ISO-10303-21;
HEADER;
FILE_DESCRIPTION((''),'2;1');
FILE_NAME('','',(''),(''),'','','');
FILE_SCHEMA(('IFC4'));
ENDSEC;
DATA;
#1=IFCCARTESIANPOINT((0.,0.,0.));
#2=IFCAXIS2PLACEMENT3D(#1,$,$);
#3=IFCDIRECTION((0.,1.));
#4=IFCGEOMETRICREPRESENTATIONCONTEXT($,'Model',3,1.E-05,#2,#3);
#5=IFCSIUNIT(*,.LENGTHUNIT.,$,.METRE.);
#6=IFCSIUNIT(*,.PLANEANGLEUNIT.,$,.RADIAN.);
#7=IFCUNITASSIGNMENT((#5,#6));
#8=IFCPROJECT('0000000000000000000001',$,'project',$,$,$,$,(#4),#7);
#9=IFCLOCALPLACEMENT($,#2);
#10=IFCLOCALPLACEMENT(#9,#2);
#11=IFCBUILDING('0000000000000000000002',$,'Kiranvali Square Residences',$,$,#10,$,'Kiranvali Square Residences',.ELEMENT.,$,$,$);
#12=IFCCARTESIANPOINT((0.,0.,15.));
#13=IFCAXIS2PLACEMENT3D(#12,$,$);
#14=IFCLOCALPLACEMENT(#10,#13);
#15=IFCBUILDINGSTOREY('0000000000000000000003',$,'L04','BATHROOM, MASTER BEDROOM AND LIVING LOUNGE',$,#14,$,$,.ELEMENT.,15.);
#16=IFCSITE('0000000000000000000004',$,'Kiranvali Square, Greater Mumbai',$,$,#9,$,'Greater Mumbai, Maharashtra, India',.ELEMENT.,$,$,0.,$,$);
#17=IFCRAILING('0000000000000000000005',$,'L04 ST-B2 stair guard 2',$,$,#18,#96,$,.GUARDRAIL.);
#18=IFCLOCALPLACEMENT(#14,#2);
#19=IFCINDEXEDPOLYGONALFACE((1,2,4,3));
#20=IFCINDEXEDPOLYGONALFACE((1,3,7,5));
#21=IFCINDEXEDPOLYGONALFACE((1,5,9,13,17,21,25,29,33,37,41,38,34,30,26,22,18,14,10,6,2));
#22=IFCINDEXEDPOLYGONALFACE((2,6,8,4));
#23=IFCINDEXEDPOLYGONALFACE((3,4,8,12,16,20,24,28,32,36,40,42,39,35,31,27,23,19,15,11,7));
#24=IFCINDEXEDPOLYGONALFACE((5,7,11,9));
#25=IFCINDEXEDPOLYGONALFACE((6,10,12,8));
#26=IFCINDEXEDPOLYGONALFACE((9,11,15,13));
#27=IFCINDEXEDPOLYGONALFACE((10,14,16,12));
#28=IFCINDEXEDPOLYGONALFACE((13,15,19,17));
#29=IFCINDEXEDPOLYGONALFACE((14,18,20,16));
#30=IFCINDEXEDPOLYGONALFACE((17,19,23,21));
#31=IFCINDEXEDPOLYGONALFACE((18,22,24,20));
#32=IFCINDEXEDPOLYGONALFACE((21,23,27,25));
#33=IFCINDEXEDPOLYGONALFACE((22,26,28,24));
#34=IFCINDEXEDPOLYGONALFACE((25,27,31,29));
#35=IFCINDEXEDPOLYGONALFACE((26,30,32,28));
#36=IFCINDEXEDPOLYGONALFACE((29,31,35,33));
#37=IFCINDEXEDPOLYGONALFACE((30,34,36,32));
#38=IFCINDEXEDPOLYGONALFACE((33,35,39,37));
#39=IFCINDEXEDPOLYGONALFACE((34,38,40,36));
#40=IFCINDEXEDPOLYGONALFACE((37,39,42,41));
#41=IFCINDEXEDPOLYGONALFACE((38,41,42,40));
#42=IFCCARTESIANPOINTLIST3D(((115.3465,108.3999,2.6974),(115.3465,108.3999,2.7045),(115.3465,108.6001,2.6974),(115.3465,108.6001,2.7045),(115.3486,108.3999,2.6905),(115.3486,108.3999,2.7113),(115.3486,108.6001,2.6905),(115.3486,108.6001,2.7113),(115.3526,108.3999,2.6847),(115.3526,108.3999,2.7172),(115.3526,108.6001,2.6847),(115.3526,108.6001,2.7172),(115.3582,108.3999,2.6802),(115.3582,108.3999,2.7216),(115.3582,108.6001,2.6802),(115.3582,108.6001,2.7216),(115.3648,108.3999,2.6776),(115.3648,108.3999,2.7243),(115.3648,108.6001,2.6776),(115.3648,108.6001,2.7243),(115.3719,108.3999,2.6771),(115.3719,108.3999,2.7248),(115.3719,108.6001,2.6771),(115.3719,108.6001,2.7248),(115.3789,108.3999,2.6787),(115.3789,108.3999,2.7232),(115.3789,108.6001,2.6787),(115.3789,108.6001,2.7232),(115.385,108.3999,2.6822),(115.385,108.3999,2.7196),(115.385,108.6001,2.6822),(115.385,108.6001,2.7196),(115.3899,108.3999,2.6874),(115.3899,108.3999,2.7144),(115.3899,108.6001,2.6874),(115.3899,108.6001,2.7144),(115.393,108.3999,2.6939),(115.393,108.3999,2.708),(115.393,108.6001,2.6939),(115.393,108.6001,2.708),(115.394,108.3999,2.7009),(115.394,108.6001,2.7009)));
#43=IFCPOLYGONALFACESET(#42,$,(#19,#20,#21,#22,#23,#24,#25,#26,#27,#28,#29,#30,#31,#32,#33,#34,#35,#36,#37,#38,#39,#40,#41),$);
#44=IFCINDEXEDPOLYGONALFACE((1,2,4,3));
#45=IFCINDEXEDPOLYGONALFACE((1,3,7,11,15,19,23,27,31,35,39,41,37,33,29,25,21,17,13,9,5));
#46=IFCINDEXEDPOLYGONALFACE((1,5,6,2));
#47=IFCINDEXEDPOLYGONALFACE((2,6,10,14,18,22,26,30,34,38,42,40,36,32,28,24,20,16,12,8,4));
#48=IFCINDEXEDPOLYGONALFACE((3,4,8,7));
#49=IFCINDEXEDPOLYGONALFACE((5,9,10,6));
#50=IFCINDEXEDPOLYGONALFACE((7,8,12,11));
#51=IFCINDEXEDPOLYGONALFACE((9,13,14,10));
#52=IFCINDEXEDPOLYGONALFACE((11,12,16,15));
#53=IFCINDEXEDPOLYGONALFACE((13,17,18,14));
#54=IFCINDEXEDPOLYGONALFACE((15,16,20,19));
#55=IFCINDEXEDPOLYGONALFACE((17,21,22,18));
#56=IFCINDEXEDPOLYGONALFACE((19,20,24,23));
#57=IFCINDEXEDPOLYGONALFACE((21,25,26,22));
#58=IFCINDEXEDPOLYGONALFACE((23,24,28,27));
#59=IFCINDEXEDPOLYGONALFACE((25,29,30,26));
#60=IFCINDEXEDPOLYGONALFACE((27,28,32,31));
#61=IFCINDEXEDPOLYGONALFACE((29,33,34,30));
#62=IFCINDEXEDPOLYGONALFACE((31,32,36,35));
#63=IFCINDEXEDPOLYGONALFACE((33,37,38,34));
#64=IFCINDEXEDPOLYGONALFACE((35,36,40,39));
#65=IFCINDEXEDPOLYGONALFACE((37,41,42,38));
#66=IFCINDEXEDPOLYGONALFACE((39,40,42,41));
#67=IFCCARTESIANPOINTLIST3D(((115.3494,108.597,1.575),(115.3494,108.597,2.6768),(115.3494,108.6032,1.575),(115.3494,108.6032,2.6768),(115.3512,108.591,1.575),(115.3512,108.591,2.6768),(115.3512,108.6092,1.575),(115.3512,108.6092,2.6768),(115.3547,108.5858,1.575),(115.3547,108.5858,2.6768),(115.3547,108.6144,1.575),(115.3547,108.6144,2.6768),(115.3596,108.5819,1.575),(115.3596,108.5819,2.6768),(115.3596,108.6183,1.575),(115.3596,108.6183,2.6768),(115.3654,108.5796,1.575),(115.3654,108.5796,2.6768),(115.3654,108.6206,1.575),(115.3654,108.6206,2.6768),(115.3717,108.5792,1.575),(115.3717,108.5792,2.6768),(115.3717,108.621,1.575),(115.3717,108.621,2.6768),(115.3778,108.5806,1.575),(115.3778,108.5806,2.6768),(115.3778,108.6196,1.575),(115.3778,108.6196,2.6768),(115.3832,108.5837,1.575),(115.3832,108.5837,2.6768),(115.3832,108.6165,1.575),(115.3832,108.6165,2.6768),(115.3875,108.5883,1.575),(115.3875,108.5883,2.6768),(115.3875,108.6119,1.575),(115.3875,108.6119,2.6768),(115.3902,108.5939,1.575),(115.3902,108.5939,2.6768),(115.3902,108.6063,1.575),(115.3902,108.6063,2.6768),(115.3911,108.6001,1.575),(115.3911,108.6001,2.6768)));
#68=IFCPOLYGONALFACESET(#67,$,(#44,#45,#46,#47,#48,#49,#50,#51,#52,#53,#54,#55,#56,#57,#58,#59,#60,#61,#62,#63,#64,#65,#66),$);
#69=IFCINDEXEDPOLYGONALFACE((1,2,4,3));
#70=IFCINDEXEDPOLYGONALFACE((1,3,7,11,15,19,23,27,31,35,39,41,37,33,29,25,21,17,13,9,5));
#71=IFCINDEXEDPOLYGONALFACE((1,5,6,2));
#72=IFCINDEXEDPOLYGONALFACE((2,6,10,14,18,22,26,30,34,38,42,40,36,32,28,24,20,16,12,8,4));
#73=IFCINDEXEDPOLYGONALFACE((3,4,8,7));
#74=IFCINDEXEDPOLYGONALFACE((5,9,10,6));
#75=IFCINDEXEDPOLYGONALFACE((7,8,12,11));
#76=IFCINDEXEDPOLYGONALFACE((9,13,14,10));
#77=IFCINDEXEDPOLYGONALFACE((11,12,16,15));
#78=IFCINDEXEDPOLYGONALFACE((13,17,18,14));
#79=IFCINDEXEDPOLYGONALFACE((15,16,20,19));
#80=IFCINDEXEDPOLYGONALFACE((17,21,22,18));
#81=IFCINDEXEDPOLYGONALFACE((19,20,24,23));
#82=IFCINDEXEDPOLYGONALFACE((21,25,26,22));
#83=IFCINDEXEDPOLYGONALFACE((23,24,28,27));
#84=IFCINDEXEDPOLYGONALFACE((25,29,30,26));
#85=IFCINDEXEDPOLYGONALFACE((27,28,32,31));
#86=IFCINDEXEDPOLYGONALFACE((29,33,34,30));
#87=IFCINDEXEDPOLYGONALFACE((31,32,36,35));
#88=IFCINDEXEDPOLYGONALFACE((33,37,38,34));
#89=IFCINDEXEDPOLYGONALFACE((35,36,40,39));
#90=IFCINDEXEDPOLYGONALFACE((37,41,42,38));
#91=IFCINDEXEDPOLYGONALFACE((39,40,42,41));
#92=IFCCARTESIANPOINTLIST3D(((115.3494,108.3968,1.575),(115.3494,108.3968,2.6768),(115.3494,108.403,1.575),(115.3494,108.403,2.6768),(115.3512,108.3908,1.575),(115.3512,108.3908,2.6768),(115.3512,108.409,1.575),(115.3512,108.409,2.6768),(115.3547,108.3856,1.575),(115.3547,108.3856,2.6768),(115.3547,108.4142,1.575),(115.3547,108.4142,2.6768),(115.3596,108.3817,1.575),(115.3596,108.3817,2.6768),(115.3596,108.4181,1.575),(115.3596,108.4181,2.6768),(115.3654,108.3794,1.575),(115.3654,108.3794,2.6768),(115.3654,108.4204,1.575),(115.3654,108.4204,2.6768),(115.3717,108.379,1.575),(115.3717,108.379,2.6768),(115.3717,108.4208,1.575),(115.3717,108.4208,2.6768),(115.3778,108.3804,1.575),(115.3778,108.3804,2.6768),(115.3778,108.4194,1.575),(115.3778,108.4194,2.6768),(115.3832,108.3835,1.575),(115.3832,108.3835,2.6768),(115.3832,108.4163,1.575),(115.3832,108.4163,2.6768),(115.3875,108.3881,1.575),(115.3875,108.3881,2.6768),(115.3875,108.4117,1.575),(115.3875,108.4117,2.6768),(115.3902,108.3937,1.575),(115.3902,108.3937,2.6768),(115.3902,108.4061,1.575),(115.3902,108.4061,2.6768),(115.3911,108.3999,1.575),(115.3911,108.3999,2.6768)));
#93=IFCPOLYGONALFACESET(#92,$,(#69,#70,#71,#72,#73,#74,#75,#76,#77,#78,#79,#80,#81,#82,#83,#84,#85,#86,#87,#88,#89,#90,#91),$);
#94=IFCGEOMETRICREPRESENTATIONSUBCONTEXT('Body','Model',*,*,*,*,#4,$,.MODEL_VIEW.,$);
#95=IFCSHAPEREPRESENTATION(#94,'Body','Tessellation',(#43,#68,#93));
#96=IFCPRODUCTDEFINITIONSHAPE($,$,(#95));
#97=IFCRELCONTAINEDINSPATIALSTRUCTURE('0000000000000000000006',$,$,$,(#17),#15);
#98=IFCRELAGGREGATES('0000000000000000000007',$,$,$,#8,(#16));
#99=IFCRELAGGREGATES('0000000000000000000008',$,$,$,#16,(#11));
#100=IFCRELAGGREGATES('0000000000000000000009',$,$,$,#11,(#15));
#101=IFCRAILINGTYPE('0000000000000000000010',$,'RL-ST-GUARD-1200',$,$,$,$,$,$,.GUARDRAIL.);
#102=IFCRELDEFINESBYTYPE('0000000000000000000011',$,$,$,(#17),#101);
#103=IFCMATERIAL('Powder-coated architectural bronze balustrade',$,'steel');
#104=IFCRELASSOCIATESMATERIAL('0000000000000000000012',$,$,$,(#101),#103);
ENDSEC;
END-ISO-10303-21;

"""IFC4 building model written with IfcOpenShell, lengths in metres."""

from ifc_helpers import new_model, si_unit, direction, frame, origin, origin_2d, place, context, subcontext, project, spatial, circle, extrude, material, type_object, element, save


model = new_model("IFC4")

# Units and contexts
model_context = context("Model", 3, precision=1e-05, world=origin(), true_north=direction((0.0, 1.0)))
body_context = subcontext(model_context, "Body", "Model", "MODEL_VIEW")
ifc_project = project(units=[si_unit("LENGTHUNIT", "METRE"), si_unit("PLANEANGLEUNIT", "RADIAN")], contexts=[model_context])

# Site, building, storey
site_placement = place(None, origin())
site = spatial("IfcSite", under=ifc_project, at=site_placement, Name="Kiranvali Square, Greater Mumbai", LongName="Greater Mumbai, Maharashtra, India", CompositionType="ELEMENT", RefElevation=0.0)
building_placement = place(site_placement, origin())
building = spatial("IfcBuilding", under=site, at=building_placement, Name="Kiranvali Square Residences", LongName="Kiranvali Square Residences", CompositionType="ELEMENT")
storey_placement = place(building_placement, frame((0.0, 0.0, 15.0)))
storey = spatial("IfcBuildingStorey", under=building, at=storey_placement, Name="L04", Description="BATHROOM, MASTER BEDROOM AND LIVING LOUNGE", CompositionType="ELEMENT", Elevation=15.0)

# Railing
ifc_material_1 = material(Name="Powder-coated architectural bronze balustrade", Category="steel")
railing_type_1 = type_object("IfcRailingType", Name="RL-ST-GUARD-1200", PredefinedType="GUARDRAIL", material=ifc_material_1)
railing_1_placement = place(storey_placement, frame((115.3701, 108.6001, 1.575)))
element("IfcRailing", 1, at=railing_1_placement, inside=storey, type_object=railing_type_1, Name="L04 ST-B2 stair guard 2", PredefinedType="GUARDRAIL", context=body_context, shape_type="SweptSolid", body=[
    extrude(circle(Radius=0.0239, at=origin_2d()), frame((0.0, 0.0, 1.126), z_axis=(0.0, -1.0, 0.0), x_axis=(1.0, 0.0, 0.0)), (0.0, 0.0, 1.0), 0.2002),
    extrude(circle(Radius=0.021, at=origin_2d()), origin(), (0.0, 0.0, 1.0), 1.1018),
    extrude(circle(Radius=0.021, at=origin_2d()), frame((0.0, -0.2002, 0.0)), (0.0, 0.0, 1.0), 1.1018),
])

save(model, "model.ifc")
